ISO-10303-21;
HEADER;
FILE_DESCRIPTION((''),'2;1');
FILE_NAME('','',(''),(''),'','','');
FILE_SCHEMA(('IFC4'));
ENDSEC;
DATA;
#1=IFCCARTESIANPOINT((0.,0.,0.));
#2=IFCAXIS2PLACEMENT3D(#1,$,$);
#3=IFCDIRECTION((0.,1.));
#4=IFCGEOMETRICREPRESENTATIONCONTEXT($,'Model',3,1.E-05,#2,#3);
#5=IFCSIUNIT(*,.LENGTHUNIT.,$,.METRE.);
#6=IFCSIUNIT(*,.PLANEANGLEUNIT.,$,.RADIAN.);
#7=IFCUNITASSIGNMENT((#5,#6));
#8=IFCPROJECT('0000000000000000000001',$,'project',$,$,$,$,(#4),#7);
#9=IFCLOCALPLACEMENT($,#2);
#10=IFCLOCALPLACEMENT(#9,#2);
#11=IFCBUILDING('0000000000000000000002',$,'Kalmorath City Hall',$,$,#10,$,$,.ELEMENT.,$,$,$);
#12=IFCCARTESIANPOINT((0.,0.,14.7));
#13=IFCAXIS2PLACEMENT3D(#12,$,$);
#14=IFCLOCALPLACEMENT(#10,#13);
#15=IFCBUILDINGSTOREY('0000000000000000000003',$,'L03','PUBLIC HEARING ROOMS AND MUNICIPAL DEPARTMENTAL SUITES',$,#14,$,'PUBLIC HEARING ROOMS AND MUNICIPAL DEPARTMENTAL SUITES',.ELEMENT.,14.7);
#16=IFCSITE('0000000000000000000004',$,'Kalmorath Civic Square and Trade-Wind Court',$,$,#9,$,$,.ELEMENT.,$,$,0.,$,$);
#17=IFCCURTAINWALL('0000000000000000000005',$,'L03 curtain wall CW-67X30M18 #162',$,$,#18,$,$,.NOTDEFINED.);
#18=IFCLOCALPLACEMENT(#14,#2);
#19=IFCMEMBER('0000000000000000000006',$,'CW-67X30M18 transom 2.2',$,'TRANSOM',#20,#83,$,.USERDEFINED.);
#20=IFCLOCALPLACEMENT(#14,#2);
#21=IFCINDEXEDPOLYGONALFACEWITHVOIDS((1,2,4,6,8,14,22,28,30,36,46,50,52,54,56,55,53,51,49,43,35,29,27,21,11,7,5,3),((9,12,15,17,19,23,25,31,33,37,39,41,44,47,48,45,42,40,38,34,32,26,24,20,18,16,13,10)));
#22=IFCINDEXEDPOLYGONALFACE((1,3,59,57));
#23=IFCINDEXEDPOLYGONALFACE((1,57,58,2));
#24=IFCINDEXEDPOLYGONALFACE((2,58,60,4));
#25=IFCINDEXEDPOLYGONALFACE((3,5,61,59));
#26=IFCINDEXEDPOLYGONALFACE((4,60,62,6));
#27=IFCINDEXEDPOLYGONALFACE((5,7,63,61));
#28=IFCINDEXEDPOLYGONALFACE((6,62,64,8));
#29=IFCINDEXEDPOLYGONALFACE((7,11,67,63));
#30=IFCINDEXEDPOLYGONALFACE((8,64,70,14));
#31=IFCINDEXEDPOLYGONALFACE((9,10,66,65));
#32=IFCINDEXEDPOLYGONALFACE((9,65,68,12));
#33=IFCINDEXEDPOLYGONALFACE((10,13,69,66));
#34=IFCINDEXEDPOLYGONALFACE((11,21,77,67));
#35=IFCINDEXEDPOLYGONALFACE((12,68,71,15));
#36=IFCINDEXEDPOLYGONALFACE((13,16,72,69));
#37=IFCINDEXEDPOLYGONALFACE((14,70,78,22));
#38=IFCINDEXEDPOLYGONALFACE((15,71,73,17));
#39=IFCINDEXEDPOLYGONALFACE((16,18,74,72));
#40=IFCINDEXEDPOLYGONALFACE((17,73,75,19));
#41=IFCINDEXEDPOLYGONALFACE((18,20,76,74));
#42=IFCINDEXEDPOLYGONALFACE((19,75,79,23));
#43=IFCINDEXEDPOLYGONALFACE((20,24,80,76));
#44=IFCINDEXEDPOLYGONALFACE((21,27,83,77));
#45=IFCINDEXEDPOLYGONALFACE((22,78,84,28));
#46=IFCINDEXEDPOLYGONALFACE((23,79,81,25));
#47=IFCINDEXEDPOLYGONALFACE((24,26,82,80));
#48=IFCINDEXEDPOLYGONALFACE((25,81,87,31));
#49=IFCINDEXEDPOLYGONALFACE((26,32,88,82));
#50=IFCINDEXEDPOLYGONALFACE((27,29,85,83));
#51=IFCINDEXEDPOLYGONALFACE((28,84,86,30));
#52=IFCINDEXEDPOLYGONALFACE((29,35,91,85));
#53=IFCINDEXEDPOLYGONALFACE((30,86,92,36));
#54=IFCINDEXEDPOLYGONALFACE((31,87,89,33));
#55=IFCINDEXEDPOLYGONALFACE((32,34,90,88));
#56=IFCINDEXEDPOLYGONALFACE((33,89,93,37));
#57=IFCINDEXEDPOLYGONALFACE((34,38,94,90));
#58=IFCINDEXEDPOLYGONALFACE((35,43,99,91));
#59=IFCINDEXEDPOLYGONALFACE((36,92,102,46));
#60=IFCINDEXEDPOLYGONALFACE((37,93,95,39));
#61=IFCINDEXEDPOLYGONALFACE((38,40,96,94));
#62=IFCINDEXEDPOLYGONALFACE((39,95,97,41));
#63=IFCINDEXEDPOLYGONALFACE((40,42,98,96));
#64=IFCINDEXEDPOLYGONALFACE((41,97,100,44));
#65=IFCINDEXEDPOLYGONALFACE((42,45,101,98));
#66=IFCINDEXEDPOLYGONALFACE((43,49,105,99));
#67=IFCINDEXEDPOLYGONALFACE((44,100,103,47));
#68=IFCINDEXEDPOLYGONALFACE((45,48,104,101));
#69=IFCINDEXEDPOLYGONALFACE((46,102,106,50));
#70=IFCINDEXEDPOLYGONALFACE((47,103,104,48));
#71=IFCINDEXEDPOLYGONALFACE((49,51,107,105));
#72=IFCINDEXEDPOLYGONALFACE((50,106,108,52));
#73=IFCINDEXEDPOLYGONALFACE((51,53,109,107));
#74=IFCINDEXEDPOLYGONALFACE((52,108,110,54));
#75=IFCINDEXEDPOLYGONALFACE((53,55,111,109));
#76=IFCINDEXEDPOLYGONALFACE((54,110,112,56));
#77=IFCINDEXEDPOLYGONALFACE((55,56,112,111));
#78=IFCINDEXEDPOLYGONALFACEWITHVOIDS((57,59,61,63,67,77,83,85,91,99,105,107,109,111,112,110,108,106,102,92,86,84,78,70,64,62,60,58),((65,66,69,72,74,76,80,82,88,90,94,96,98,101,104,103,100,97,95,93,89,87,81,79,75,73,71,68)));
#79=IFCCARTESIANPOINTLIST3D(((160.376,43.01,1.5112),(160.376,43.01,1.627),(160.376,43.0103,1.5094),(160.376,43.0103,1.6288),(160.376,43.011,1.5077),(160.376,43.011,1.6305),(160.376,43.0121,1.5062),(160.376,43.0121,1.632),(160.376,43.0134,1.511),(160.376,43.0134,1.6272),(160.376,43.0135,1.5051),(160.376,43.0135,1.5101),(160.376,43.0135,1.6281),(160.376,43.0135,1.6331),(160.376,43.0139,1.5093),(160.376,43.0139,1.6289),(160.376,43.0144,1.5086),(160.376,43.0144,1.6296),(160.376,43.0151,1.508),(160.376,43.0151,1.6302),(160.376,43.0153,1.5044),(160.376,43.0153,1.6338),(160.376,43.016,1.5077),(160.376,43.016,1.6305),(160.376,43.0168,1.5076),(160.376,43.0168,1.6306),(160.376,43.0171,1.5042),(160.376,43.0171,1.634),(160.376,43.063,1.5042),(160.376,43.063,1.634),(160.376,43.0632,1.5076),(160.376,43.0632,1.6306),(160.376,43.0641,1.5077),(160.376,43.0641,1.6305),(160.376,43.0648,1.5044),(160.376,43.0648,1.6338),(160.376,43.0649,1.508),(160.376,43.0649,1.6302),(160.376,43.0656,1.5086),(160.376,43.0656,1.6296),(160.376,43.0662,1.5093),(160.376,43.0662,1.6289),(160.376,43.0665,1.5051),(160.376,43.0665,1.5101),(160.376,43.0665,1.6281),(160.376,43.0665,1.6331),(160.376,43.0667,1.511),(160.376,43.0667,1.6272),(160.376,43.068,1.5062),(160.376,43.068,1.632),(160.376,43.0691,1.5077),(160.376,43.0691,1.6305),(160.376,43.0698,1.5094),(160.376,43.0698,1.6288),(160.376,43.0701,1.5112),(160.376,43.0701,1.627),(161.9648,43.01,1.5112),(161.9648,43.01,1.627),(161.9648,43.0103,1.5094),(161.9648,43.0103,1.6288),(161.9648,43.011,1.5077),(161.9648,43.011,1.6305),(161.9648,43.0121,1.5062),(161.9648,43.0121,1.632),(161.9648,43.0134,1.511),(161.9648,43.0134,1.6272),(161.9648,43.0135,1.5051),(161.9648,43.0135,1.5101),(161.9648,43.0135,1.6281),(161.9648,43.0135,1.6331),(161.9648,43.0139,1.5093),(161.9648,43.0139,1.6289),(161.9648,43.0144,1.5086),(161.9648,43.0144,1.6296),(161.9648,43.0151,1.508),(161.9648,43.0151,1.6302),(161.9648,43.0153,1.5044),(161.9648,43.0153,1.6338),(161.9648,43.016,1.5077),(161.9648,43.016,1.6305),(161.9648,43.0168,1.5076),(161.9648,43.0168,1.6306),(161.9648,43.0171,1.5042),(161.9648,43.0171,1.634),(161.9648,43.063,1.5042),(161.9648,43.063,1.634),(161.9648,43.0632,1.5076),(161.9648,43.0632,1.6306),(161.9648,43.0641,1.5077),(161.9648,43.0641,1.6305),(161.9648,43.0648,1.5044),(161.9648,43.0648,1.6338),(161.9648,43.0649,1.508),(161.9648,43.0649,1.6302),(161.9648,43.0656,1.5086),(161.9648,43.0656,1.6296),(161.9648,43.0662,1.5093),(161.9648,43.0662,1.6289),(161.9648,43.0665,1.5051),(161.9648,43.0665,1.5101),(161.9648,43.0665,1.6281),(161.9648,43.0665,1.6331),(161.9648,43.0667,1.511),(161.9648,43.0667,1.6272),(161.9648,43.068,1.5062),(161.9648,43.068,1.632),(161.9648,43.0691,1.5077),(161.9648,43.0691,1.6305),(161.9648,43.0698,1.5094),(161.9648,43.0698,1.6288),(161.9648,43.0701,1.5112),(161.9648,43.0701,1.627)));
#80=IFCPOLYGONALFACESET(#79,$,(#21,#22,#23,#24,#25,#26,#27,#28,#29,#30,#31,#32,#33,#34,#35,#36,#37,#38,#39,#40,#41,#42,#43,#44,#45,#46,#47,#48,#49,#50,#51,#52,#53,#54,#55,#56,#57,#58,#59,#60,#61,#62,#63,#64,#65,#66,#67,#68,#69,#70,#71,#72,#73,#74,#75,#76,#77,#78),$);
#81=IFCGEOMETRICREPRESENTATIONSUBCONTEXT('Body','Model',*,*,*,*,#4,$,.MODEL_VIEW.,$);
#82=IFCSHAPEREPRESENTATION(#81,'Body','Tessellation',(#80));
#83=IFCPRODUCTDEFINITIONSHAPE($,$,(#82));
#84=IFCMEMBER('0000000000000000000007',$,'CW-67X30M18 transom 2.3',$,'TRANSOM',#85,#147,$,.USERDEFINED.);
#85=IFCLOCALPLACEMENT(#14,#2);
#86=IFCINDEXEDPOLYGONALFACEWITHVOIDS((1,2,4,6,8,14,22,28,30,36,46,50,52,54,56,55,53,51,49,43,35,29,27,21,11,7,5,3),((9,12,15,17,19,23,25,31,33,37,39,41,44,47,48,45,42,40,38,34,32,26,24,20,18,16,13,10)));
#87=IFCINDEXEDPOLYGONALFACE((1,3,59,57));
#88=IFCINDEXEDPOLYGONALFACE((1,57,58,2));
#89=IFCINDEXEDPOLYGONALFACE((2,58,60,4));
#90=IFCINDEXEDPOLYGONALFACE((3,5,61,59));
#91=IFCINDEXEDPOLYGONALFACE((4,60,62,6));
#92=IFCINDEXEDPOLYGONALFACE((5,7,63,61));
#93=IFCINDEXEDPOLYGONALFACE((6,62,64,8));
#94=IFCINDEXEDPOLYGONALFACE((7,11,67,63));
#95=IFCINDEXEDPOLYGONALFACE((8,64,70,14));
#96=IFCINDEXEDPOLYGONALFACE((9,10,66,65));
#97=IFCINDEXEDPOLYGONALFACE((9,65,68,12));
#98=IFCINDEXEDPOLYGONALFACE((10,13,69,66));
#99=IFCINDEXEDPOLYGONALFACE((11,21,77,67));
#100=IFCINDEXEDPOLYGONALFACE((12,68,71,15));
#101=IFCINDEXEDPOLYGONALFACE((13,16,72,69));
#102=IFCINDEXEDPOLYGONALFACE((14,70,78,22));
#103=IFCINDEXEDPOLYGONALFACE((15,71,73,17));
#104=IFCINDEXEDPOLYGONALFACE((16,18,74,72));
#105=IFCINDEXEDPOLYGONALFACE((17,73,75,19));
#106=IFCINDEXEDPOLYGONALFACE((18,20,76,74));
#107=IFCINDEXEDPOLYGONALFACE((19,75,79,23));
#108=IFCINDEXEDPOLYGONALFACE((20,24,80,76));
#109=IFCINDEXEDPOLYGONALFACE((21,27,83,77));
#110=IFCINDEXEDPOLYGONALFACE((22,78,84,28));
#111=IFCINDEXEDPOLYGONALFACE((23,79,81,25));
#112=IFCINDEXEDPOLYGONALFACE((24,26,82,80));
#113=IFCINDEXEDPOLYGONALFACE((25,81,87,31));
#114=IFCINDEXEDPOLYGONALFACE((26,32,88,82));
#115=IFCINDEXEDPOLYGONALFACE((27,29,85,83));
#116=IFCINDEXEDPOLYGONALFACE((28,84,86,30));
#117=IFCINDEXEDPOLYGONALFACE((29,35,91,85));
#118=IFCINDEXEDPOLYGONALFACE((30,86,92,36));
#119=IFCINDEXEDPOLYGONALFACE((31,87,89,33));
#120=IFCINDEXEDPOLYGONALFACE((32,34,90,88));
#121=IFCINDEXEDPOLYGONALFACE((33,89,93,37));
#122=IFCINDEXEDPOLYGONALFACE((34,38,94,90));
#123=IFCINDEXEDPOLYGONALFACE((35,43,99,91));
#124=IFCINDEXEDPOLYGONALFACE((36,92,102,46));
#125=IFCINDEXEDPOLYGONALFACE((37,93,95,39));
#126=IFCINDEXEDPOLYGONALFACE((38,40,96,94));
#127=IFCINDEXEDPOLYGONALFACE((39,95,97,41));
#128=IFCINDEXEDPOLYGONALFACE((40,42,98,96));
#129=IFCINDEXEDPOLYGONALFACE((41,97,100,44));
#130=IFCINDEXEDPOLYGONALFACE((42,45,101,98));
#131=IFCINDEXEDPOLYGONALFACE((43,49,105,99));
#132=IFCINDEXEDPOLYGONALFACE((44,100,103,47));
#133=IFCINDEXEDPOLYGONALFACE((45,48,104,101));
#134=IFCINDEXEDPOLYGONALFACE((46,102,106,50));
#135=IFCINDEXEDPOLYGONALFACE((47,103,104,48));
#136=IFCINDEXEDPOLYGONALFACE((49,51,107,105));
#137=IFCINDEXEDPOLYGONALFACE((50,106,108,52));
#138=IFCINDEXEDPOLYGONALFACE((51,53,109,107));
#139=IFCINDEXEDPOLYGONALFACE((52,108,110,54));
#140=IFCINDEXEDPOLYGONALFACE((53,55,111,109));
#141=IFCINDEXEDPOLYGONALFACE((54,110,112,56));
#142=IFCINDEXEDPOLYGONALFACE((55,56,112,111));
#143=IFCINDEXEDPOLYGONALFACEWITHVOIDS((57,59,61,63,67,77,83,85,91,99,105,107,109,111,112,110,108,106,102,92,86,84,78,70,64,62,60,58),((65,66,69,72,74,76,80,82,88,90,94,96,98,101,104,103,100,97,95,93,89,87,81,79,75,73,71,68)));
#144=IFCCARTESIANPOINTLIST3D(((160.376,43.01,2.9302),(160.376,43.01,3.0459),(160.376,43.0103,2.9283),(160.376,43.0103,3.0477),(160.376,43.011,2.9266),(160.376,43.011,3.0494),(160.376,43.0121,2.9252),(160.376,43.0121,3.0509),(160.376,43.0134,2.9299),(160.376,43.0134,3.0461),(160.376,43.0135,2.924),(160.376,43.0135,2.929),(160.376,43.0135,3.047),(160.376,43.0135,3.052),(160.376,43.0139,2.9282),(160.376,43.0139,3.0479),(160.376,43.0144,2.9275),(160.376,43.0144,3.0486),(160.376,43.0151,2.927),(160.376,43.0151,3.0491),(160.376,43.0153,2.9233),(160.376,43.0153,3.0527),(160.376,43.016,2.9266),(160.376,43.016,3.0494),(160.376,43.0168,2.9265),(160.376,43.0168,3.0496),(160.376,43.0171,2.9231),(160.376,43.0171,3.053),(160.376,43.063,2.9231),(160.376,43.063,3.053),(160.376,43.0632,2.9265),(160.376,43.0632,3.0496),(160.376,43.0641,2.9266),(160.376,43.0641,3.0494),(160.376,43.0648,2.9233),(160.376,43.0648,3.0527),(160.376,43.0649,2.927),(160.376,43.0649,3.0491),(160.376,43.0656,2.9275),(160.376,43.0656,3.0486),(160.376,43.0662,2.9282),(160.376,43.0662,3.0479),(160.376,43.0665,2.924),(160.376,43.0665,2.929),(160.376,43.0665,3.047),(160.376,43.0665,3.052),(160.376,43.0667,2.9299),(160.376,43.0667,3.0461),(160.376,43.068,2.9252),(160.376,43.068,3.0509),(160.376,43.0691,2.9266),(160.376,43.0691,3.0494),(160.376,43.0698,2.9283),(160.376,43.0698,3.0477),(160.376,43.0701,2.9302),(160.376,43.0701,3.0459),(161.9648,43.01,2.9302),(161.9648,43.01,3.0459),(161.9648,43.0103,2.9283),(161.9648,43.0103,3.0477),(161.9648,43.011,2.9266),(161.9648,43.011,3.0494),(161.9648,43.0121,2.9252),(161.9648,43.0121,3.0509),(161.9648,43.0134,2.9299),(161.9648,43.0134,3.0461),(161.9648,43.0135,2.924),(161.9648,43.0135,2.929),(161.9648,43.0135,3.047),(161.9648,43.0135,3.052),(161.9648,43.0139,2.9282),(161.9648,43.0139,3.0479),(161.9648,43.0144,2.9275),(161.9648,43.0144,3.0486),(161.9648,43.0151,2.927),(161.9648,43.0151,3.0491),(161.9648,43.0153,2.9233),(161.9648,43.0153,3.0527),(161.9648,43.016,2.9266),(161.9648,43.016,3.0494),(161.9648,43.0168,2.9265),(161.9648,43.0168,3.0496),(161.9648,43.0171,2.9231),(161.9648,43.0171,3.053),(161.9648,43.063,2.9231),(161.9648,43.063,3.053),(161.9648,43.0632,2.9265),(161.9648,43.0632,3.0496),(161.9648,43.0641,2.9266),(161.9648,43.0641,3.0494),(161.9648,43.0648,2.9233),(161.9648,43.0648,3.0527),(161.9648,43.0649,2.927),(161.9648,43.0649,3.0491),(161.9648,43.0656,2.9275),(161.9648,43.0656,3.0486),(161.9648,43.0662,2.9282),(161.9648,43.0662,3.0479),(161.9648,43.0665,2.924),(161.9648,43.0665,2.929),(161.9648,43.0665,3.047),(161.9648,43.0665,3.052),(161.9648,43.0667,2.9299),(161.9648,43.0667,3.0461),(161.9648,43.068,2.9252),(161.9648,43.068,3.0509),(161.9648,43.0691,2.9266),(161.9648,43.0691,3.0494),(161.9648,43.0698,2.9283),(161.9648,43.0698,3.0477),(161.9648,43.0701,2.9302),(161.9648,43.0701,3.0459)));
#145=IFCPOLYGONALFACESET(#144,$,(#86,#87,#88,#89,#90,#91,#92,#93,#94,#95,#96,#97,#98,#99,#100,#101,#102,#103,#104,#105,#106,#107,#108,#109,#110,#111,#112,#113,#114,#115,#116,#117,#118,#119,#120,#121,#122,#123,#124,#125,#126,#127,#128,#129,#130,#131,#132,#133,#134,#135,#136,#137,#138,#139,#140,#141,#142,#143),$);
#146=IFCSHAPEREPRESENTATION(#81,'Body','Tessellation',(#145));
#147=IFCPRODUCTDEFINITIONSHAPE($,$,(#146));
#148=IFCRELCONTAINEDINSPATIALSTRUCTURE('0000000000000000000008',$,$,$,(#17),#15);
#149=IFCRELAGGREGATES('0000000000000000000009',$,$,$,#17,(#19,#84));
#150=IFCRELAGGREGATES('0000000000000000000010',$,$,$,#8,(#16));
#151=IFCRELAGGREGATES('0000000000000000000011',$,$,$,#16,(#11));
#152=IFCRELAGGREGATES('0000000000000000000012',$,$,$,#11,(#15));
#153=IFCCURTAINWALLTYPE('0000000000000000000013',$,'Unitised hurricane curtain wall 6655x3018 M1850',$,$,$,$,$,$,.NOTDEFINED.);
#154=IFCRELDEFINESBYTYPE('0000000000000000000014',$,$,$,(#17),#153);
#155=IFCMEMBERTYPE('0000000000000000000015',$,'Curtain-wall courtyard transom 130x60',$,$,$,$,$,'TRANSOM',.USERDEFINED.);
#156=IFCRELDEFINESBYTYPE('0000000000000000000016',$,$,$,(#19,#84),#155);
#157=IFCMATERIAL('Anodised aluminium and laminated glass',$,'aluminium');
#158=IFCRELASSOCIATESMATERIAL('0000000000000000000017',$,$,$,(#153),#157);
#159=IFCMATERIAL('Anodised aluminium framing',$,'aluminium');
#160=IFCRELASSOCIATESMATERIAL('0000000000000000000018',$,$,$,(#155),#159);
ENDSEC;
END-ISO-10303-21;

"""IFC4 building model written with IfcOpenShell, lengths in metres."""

from ifc_helpers import new_model, si_unit, direction, frame, origin, origin_2d, place, context, subcontext, project, spatial, hollow_rectangle, extrude, material, material_profile, profile_set, type_object, element, aggregate, save


model = new_model("IFC4")

# Units and contexts
model_context = context("Model", 3, precision=1e-05, world=origin(), true_north=direction((0.0, 1.0)))
body_context = subcontext(model_context, "Body", "Model", "MODEL_VIEW")
ifc_project = project(units=[si_unit("LENGTHUNIT", "METRE"), si_unit("PLANEANGLEUNIT", "RADIAN")], contexts=[model_context])

# Site, building, storey
site_placement = place(None, origin())
site = spatial("IfcSite", under=ifc_project, at=site_placement, Name="Kalmorath Civic Square and Trade-Wind Court", CompositionType="ELEMENT", RefElevation=0.0)
building_placement = place(site_placement, origin())
building = spatial("IfcBuilding", under=site, at=building_placement, Name="Kalmorath City Hall", CompositionType="ELEMENT")
storey_placement = place(building_placement, frame((0.0, 0.0, 14.7)))
storey = spatial("IfcBuildingStorey", under=building, at=storey_placement, Name="L03", Description="PUBLIC HEARING ROOMS AND MUNICIPAL DEPARTMENTAL SUITES", LongName="PUBLIC HEARING ROOMS AND MUNICIPAL DEPARTMENTAL SUITES", CompositionType="ELEMENT", Elevation=14.7)

# Curtain wall, members
ifc_material_1 = material(Name="Anodised aluminium and laminated glass", Category="aluminium")
curtain_wall_type = type_object("IfcCurtainWallType", Name="Unitised hurricane curtain wall 6655x3018 M1850", PredefinedType="NOTDEFINED", material=ifc_material_1)
curtain_wall_placement = place(storey_placement, origin())
curtain_wall = element("IfcCurtainWall", 1, at=curtain_wall_placement, inside=storey, type_object=curtain_wall_type, Name="L03 curtain wall CW-67X30M18 #162", PredefinedType="NOTDEFINED")
ifc_material_2 = material(Name="Anodised aluminium framing", Category="aluminium")
ifc_material_profile_1 = material_profile(ifc_material_2, hollow_rectangle(XDim=0.0601, YDim=0.1299, WallThickness=0.0034, InnerFilletRadius=0.0034, OuterFilletRadius=0.0071, at=origin_2d()), Name="ALU-TRN-130X60X3.5")
ifc_profile_set_1 = profile_set([ifc_material_profile_1], Name="Anodised aluminium framing")
member_type_1 = type_object("IfcMemberType", Name="Curtain-wall courtyard transom 130x60", ElementType="TRANSOM", PredefinedType="USERDEFINED", material=ifc_profile_set_1)
member_1_placement = place(storey_placement, frame((160.376, 43.04, 1.5691), z_axis=(1.0, 0.0, 0.0), x_axis=(0.0, 1.0, 0.0)))
member_1 = element("IfcMember", 2, at=member_1_placement, type_object=member_type_1, Name="CW-67X30M18 transom 2.2", ObjectType="TRANSOM", PredefinedType="USERDEFINED", context=body_context, shape_type="SweptSolid", body=[
    extrude(hollow_rectangle(XDim=0.0601, YDim=0.1299, WallThickness=0.0034, InnerFilletRadius=0.0034, OuterFilletRadius=0.0071, at=origin_2d()), origin(), (0.0, 0.0, 1.0), 1.5889),
])
member_2_placement = place(storey_placement, frame((160.376, 43.04, 2.988), z_axis=(1.0, 0.0, 0.0), x_axis=(0.0, 1.0, 0.0)))
member_2 = element("IfcMember", 3, at=member_2_placement, type_object=member_type_1, Name="CW-67X30M18 transom 2.3", ObjectType="TRANSOM", PredefinedType="USERDEFINED", context=body_context, shape_type="SweptSolid", body=[
    extrude(hollow_rectangle(XDim=0.0601, YDim=0.1299, WallThickness=0.0034, InnerFilletRadius=0.0034, OuterFilletRadius=0.0071, at=origin_2d()), origin(), (0.0, 0.0, 1.0), 1.5889),
])
aggregate(curtain_wall, [member_1, member_2])

save(model, "model.ifc")
